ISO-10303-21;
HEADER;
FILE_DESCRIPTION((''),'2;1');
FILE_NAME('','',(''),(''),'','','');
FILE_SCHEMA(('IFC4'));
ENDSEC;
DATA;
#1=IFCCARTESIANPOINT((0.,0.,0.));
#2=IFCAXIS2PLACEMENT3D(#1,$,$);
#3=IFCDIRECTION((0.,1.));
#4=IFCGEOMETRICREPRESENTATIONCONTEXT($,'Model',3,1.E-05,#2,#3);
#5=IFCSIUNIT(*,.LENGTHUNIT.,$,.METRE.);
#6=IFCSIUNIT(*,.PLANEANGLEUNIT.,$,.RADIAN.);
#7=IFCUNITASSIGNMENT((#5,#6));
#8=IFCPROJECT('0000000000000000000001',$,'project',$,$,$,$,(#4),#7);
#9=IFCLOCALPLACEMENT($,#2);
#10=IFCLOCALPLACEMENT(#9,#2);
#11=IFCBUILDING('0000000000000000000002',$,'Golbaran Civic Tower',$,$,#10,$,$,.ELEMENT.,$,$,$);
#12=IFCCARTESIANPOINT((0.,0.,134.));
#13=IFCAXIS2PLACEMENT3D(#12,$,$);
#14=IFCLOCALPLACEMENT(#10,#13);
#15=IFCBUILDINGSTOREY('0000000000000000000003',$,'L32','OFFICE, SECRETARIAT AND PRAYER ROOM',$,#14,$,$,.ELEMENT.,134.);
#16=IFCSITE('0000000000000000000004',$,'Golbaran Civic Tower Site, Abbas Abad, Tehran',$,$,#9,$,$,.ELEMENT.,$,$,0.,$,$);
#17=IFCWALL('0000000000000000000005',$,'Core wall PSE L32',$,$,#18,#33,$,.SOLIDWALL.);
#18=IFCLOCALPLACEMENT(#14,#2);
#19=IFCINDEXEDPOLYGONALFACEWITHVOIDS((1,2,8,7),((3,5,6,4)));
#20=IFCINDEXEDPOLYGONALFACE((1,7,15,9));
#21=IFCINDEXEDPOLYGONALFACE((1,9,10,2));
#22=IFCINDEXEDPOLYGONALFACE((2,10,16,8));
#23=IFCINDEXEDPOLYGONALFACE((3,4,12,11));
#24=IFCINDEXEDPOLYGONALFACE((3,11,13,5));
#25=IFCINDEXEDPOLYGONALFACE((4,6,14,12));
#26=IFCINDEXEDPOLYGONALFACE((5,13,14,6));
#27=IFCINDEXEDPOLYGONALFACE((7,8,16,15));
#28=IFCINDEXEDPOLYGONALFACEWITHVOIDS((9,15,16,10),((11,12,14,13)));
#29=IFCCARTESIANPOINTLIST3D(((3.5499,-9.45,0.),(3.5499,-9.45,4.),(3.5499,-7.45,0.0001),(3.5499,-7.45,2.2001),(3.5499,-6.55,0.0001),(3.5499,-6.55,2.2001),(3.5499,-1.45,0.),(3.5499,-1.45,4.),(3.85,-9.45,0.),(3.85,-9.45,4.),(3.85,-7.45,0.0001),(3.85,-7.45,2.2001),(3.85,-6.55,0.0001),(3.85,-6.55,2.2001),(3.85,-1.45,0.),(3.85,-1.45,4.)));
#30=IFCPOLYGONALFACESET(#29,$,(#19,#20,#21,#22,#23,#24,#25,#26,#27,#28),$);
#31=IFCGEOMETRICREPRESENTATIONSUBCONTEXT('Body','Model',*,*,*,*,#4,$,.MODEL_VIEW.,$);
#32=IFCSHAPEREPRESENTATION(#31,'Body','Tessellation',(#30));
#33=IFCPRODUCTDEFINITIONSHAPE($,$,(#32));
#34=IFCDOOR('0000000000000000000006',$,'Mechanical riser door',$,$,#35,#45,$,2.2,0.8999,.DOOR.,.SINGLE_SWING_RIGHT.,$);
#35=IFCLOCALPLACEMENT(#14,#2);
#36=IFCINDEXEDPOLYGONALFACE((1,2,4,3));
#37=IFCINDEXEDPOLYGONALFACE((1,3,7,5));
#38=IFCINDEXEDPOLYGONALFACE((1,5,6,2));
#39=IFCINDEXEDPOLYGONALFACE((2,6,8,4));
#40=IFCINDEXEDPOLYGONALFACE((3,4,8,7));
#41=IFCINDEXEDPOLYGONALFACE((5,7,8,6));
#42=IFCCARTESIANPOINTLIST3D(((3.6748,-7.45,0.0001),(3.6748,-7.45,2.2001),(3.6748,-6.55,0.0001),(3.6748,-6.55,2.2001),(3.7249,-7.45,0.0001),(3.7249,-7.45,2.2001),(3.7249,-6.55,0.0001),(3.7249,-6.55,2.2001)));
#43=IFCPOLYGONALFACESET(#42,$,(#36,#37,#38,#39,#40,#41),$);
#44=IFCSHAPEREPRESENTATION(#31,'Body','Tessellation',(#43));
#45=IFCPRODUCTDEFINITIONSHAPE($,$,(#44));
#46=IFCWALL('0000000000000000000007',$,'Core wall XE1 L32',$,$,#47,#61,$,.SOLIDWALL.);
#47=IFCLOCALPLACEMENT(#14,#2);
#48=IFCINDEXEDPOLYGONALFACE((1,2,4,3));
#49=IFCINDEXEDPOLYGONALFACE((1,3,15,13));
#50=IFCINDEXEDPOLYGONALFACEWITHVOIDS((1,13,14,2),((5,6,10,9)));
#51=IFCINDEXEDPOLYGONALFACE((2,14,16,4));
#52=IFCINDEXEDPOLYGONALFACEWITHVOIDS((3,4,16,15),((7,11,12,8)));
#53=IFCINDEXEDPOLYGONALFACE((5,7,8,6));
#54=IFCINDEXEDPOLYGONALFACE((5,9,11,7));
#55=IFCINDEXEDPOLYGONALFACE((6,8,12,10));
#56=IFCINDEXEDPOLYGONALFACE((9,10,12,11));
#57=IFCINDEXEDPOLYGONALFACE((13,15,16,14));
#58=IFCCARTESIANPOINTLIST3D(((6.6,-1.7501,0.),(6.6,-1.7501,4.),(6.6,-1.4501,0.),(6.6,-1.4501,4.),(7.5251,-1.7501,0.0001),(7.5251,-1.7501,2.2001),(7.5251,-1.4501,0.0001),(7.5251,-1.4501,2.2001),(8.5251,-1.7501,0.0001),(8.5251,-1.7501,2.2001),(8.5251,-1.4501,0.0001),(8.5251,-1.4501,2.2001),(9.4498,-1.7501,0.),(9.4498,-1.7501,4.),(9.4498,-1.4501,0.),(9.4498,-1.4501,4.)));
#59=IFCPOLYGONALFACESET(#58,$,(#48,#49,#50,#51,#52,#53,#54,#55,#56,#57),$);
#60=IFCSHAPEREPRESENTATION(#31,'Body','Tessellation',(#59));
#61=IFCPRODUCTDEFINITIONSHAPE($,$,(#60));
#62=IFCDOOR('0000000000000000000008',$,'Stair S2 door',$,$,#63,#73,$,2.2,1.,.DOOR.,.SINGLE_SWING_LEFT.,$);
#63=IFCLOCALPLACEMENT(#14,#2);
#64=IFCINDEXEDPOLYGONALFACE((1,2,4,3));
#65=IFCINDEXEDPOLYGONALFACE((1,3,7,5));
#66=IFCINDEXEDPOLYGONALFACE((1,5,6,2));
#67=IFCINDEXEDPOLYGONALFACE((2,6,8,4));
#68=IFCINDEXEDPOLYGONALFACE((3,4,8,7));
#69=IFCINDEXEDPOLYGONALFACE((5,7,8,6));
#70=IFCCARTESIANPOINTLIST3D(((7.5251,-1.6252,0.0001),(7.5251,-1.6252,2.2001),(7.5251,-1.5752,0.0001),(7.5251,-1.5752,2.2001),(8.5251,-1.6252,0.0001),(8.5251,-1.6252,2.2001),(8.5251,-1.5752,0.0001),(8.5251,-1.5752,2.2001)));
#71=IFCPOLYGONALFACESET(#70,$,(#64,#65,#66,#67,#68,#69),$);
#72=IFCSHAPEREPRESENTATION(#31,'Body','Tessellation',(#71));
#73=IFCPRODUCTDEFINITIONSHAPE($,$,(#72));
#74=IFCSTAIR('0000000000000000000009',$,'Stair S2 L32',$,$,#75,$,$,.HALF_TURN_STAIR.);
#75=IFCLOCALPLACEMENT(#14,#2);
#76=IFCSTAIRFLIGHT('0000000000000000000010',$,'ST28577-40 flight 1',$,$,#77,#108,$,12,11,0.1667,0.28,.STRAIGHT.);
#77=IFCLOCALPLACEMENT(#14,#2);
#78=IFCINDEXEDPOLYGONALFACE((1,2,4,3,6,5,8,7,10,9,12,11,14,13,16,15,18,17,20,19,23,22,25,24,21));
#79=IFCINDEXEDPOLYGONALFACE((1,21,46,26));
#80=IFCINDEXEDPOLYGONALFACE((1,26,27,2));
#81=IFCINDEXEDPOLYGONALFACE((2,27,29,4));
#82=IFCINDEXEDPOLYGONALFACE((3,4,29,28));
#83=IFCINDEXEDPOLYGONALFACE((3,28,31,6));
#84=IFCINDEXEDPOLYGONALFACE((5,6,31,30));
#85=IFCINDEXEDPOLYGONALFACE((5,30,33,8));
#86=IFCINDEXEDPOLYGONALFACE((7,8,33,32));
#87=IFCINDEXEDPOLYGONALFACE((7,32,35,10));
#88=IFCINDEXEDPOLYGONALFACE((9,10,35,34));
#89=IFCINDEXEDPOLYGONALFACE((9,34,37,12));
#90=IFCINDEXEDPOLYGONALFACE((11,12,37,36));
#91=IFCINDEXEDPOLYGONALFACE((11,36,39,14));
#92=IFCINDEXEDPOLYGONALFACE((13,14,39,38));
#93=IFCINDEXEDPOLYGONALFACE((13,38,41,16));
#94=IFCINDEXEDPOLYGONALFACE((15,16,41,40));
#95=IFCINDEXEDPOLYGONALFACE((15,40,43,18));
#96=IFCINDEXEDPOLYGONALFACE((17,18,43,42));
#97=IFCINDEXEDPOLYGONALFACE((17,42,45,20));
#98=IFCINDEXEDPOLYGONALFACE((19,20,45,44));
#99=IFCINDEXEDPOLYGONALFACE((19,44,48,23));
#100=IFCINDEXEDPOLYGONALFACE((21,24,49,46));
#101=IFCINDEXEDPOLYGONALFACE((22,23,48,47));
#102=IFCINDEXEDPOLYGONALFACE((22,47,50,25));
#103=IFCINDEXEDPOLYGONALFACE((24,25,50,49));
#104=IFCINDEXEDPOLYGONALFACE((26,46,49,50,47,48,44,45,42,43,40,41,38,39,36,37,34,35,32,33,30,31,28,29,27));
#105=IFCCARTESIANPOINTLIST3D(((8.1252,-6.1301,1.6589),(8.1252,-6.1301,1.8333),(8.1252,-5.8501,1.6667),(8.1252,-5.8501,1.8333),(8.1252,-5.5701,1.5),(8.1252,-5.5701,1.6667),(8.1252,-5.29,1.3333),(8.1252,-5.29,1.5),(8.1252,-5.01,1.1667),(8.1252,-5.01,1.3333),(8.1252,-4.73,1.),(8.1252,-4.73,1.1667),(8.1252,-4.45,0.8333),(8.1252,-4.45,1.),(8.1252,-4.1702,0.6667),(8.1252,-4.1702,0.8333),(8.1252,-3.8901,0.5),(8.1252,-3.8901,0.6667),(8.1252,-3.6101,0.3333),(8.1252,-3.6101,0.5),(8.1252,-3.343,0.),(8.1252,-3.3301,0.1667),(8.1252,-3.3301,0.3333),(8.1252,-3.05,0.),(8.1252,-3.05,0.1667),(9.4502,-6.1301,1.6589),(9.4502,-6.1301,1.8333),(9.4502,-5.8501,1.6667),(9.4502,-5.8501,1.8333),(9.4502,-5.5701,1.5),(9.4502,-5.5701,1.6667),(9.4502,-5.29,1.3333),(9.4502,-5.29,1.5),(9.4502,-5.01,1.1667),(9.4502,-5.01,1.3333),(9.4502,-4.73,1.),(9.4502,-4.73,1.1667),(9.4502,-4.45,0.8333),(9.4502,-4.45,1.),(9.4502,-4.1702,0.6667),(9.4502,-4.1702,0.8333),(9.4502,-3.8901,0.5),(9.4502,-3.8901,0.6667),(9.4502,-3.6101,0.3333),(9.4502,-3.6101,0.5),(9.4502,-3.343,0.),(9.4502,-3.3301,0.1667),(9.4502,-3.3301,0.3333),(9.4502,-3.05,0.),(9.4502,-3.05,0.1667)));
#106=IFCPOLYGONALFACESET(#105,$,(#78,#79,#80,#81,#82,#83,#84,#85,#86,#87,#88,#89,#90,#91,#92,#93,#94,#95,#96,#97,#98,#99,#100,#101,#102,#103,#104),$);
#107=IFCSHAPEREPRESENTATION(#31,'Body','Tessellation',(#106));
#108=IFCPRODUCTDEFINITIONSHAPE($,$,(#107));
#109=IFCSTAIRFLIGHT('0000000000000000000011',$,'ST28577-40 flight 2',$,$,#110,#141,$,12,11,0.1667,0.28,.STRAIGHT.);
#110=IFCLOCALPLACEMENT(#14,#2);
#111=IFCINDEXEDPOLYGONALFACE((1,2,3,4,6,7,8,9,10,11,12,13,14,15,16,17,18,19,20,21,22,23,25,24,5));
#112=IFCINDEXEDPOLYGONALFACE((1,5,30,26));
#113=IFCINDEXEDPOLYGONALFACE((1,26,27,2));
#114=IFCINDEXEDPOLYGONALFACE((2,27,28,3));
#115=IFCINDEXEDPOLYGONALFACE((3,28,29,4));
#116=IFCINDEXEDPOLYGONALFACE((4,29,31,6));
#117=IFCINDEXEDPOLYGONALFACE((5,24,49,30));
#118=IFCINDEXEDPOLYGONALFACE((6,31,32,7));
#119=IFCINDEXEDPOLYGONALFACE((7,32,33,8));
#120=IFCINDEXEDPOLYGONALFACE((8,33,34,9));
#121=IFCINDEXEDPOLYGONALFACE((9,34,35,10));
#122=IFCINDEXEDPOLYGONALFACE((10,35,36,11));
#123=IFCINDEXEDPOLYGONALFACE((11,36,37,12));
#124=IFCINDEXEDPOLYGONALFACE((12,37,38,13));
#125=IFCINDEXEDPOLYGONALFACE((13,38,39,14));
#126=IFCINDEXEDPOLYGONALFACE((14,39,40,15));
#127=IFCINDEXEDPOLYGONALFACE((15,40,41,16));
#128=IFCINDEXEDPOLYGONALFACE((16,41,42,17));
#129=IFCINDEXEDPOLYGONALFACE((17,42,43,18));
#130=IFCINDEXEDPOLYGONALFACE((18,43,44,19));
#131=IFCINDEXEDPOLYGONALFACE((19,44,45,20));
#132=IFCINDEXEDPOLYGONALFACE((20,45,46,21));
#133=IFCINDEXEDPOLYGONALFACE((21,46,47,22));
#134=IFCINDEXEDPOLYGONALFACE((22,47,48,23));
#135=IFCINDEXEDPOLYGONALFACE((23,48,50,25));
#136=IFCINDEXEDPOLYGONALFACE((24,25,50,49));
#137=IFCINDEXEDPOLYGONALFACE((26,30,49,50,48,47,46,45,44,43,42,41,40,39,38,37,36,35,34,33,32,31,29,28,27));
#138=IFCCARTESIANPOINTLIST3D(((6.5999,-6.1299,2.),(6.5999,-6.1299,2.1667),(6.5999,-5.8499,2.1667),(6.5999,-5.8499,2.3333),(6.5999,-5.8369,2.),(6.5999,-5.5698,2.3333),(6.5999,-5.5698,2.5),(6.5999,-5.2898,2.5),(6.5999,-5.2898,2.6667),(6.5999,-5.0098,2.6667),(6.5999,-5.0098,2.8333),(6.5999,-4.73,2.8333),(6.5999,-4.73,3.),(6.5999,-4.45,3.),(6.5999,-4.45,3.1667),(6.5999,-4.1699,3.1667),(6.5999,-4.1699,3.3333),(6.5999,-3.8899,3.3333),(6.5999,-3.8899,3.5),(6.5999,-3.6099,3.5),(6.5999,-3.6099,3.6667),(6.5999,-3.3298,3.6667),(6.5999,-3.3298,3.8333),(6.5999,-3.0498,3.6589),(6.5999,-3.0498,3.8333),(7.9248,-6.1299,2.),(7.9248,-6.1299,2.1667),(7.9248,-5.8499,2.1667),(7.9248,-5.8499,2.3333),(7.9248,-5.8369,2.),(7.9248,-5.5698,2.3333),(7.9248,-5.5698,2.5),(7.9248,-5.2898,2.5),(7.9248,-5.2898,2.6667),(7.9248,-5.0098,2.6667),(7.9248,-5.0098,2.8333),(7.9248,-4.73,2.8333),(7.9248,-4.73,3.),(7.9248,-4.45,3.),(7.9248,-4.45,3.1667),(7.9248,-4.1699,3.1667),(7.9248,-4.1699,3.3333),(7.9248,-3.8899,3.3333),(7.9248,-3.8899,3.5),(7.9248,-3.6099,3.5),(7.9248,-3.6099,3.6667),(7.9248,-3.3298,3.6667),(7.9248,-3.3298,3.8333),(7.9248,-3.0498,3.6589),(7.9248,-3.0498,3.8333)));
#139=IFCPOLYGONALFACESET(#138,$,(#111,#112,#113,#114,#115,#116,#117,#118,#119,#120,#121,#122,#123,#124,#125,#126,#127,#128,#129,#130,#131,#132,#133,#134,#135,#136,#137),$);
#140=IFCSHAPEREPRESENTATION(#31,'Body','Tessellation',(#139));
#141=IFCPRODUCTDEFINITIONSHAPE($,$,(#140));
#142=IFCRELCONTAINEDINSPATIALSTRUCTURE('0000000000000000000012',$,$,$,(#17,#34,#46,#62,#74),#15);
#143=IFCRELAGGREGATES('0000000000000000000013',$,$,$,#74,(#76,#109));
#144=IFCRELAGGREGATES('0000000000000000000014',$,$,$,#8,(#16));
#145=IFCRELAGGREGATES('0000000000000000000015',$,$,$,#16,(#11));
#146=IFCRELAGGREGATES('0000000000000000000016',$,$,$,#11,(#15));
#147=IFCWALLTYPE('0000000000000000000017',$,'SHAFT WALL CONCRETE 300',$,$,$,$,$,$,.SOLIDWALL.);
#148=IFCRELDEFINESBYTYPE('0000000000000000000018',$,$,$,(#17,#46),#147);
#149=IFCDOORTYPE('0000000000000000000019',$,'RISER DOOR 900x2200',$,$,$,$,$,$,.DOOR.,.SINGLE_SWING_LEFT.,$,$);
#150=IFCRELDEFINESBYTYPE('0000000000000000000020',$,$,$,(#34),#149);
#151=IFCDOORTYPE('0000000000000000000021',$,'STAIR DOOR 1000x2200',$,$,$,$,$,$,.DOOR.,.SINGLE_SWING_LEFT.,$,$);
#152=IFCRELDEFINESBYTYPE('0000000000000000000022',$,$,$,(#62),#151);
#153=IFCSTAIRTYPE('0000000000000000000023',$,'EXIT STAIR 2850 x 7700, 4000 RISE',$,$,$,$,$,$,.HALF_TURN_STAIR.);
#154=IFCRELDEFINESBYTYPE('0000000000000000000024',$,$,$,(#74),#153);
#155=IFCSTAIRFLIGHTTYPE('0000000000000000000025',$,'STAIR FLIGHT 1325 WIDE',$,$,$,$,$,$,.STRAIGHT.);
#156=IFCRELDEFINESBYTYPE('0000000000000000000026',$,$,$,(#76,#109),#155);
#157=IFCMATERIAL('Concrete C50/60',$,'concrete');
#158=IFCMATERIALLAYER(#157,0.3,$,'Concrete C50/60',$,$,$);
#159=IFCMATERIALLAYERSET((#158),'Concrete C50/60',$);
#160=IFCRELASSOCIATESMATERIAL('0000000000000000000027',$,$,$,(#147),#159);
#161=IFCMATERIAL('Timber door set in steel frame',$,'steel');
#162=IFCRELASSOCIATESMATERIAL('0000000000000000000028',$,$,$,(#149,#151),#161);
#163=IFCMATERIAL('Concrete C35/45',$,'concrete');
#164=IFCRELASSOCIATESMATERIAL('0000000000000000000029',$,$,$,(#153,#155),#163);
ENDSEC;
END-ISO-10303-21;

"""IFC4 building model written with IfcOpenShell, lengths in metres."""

from ifc_helpers import new_model, si_unit, direction, frame, frame_2d, origin, place, context, subcontext, project, spatial, polyline, rectangle, outline, extrude, material, layer, layer_set, type_object, element, fill, aggregate, save


model = new_model("IFC4")

# Units and contexts
model_context = context("Model", 3, precision=1e-05, world=origin(), true_north=direction((0.0, 1.0)))
body_context = subcontext(model_context, "Body", "Model", "MODEL_VIEW")
ifc_project = project(units=[si_unit("LENGTHUNIT", "METRE"), si_unit("PLANEANGLEUNIT", "RADIAN")], contexts=[model_context])

# Site, building, storey
site_placement = place(None, origin())
site = spatial("IfcSite", under=ifc_project, at=site_placement, Name="Golbaran Civic Tower Site, Abbas Abad, Tehran", CompositionType="ELEMENT", RefElevation=0.0)
building_placement = place(site_placement, origin())
building = spatial("IfcBuilding", under=site, at=building_placement, Name="Golbaran Civic Tower", CompositionType="ELEMENT")
storey_placement = place(building_placement, frame((0.0, 0.0, 134.0)))
storey = spatial("IfcBuildingStorey", under=building, at=storey_placement, Name="L32", Description="OFFICE, SECRETARIAT AND PRAYER ROOM", CompositionType="ELEMENT", Elevation=134.0)

# Shared definitions
ifc_material_1 = material(Name="Concrete C50/60", Category="concrete")
ifc_material_2 = material(Name="Timber door set in steel frame", Category="steel")

# Shared definitions
ifc_layer_1 = layer(ifc_material_1, 0.3, Name="Concrete C50/60")
ifc_layer_set_1 = layer_set([ifc_layer_1], Name="Concrete C50/60")
wall_type_1 = type_object("IfcWallType", Name="SHAFT WALL CONCRETE 300", PredefinedType="SOLIDWALL", material=ifc_layer_set_1)

# Shared definitions
door_type_1 = type_object("IfcDoorType", Name="RISER DOOR 900x2200", OperationType="SINGLE_SWING_LEFT", PredefinedType="DOOR", material=ifc_material_2)
door_type_2 = type_object("IfcDoorType", Name="STAIR DOOR 1000x2200", OperationType="SINGLE_SWING_LEFT", PredefinedType="DOOR", material=ifc_material_2)

# Walls, openings, doors
wall_1_placement = place(storey_placement, frame((3.7, -1.45, 0.0), z_axis=(0.0, 0.0, 1.0), x_axis=(0.0, -1.0, 0.0)))
wall_1 = element("IfcWall", 1, at=wall_1_placement, inside=storey, type_object=wall_type_1, Name="Core wall PSE L32", PredefinedType="SOLIDWALL", context=body_context, shape_type="SweptSolid", body=[
    extrude(rectangle(XDim=8.0, YDim=0.3, at=frame_2d((4.0, 0.0))), origin(), (0.0, 0.0, 1.0), 4.0),
])
opening_1_placement = place(wall_1_placement, frame((5.1001, 0.0, 0.0)))
opening_1 = element("IfcOpeningElement", 2, at=opening_1_placement, cuts=wall_1, PredefinedType="OPENING", context=body_context, shape_type="SweptSolid", body=[
    extrude(rectangle(XDim=0.8999, YDim=2.2, at=frame_2d((0.45, 1.1001))), frame((0.0, 0.1599, 0.0), z_axis=(0.0, -1.0, 0.0), x_axis=(1.0, 0.0, 0.0)), (0.0, 0.0, 1.0), 0.3201),
])
door_1_placement = place(opening_1_placement, origin())
door_1 = element("IfcDoor", 3, at=door_1_placement, inside=storey, type_object=door_type_1, Name="Mechanical riser door", OperationType="SINGLE_SWING_RIGHT", OverallHeight=2.2, OverallWidth=0.8999, PredefinedType="DOOR", context=body_context, shape_type="SweptSolid", body=[
    extrude(rectangle(XDim=0.8999, YDim=2.2, at=frame_2d((0.45, 1.1001))), frame((0.0, 0.0249, 0.0), z_axis=(0.0, -1.0, 0.0), x_axis=(1.0, 0.0, 0.0)), (0.0, 0.0, 1.0), 0.05),
])
fill(opening_1, door_1)
wall_2_placement = place(storey_placement, frame((6.6001, -1.6001, 0.0), z_axis=(0.0, 0.0, 1.0), x_axis=(1.0, 0.0, 0.0)))
wall_2 = element("IfcWall", 4, at=wall_2_placement, inside=storey, type_object=wall_type_1, Name="Core wall XE1 L32", PredefinedType="SOLIDWALL", context=body_context, shape_type="SweptSolid", body=[
    extrude(rectangle(XDim=2.8499, YDim=0.3, at=frame_2d((1.4248, 0.0))), origin(), (0.0, 0.0, 1.0), 4.0),
])
opening_2_placement = place(wall_2_placement, frame((0.925, 0.0, 0.0)))
opening_2 = element("IfcOpeningElement", 5, at=opening_2_placement, cuts=wall_2, PredefinedType="OPENING", context=body_context, shape_type="SweptSolid", body=[
    extrude(rectangle(XDim=1.0, YDim=2.2, at=frame_2d((0.5, 1.1001))), frame((0.0, 0.1599, 0.0), z_axis=(0.0, -1.0, 0.0), x_axis=(1.0, 0.0, 0.0)), (0.0, 0.0, 1.0), 0.3201),
])
door_2_placement = place(opening_2_placement, origin())
door_2 = element("IfcDoor", 6, at=door_2_placement, inside=storey, type_object=door_type_2, Name="Stair S2 door", OperationType="SINGLE_SWING_LEFT", OverallHeight=2.2, OverallWidth=1.0, PredefinedType="DOOR", context=body_context, shape_type="SweptSolid", body=[
    extrude(rectangle(XDim=1.0, YDim=2.2, at=frame_2d((0.5, 1.1001))), frame((0.0, 0.0249, 0.0), z_axis=(0.0, -1.0, 0.0), x_axis=(1.0, 0.0, 0.0)), (0.0, 0.0, 1.0), 0.05),
])
fill(opening_2, door_2)

# Stair, stair flights
ifc_material_3 = material(Name="Concrete C35/45", Category="concrete")
stair_type = type_object("IfcStairType", Name="EXIT STAIR 2850 x 7700, 4000 RISE", PredefinedType="HALF_TURN_STAIR", material=ifc_material_3)
stair_placement = place(storey_placement, origin())
stair = element("IfcStair", 7, at=stair_placement, inside=storey, type_object=stair_type, Name="Stair S2 L32", PredefinedType="HALF_TURN_STAIR")
stair_flight_type = type_object("IfcStairFlightType", Name="STAIR FLIGHT 1325 WIDE", PredefinedType="STRAIGHT", material=ifc_material_3)
stair_flight_1_placement = place(storey_placement, frame((8.7876, -3.05, 0.0), z_axis=(0.0, 0.0, 1.0), x_axis=(0.0, -1.0, 0.0)))
stair_flight_1 = element("IfcStairFlight", 8, at=stair_flight_1_placement, type_object=stair_flight_type, Name="ST28577-40 flight 1", NumberOfRisers=12, NumberOfTreads=11, PredefinedType="STRAIGHT", RiserHeight=0.1667, TreadLength=0.28, context=body_context, shape_type="SweptSolid", body=[
    extrude(outline(polyline([(0.0, 0.0), (0.0, 0.1667), (0.28, 0.1667), (0.28, 0.3333), (0.5601, 0.3333), (0.5601, 0.5), (0.8401, 0.5), (0.8401, 0.6667), (1.1201, 0.6667), (1.1201, 0.8333), (1.3999, 0.8333), (1.3999, 1.0), (1.6799, 1.0), (1.6799, 1.1667), (1.96, 1.1667), (1.96, 1.3333), (2.24, 1.3333), (2.24, 1.5), (2.52, 1.5), (2.52, 1.6667), (2.8, 1.6667), (2.8, 1.8333), (3.0801, 1.8333), (3.0801, 2.0), (3.0801, 1.6589), (0.293, 0.0), (0.0, 0.0)])), frame((0.0, 0.6626, 0.0), z_axis=(0.0, -1.0, 0.0), x_axis=(1.0, 0.0, 0.0)), (0.0, 0.0, 1.0), 1.325),
])
stair_flight_2_placement = place(storey_placement, frame((7.2625, -6.1299, 2.0), z_axis=(0.0, 0.0, 1.0), x_axis=(0.0, 1.0, 0.0)))
stair_flight_2 = element("IfcStairFlight", 9, at=stair_flight_2_placement, type_object=stair_flight_type, Name="ST28577-40 flight 2", NumberOfRisers=12, NumberOfTreads=11, PredefinedType="STRAIGHT", RiserHeight=0.1667, TreadLength=0.28, context=body_context, shape_type="SweptSolid", body=[
    extrude(outline(polyline([(0.0, 0.0), (0.0, 0.1667), (0.28, 0.1667), (0.28, 0.3333), (0.5601, 0.3333), (0.5601, 0.5), (0.8401, 0.5), (0.8401, 0.6667), (1.1201, 0.6667), (1.1201, 0.8333), (1.3999, 0.8333), (1.3999, 1.0), (1.6799, 1.0), (1.6799, 1.1667), (1.96, 1.1667), (1.96, 1.3333), (2.24, 1.3333), (2.24, 1.5), (2.52, 1.5), (2.52, 1.6667), (2.8, 1.6667), (2.8, 1.8333), (3.0801, 1.8333), (3.0801, 2.0), (3.0801, 1.6589), (0.293, 0.0), (0.0, 0.0)])), frame((0.0, 0.6626, 0.0), z_axis=(0.0, -1.0, 0.0), x_axis=(1.0, 0.0, 0.0)), (0.0, 0.0, 1.0), 1.325),
])
aggregate(stair, [stair_flight_1, stair_flight_2])

save(model, "model.ifc")
